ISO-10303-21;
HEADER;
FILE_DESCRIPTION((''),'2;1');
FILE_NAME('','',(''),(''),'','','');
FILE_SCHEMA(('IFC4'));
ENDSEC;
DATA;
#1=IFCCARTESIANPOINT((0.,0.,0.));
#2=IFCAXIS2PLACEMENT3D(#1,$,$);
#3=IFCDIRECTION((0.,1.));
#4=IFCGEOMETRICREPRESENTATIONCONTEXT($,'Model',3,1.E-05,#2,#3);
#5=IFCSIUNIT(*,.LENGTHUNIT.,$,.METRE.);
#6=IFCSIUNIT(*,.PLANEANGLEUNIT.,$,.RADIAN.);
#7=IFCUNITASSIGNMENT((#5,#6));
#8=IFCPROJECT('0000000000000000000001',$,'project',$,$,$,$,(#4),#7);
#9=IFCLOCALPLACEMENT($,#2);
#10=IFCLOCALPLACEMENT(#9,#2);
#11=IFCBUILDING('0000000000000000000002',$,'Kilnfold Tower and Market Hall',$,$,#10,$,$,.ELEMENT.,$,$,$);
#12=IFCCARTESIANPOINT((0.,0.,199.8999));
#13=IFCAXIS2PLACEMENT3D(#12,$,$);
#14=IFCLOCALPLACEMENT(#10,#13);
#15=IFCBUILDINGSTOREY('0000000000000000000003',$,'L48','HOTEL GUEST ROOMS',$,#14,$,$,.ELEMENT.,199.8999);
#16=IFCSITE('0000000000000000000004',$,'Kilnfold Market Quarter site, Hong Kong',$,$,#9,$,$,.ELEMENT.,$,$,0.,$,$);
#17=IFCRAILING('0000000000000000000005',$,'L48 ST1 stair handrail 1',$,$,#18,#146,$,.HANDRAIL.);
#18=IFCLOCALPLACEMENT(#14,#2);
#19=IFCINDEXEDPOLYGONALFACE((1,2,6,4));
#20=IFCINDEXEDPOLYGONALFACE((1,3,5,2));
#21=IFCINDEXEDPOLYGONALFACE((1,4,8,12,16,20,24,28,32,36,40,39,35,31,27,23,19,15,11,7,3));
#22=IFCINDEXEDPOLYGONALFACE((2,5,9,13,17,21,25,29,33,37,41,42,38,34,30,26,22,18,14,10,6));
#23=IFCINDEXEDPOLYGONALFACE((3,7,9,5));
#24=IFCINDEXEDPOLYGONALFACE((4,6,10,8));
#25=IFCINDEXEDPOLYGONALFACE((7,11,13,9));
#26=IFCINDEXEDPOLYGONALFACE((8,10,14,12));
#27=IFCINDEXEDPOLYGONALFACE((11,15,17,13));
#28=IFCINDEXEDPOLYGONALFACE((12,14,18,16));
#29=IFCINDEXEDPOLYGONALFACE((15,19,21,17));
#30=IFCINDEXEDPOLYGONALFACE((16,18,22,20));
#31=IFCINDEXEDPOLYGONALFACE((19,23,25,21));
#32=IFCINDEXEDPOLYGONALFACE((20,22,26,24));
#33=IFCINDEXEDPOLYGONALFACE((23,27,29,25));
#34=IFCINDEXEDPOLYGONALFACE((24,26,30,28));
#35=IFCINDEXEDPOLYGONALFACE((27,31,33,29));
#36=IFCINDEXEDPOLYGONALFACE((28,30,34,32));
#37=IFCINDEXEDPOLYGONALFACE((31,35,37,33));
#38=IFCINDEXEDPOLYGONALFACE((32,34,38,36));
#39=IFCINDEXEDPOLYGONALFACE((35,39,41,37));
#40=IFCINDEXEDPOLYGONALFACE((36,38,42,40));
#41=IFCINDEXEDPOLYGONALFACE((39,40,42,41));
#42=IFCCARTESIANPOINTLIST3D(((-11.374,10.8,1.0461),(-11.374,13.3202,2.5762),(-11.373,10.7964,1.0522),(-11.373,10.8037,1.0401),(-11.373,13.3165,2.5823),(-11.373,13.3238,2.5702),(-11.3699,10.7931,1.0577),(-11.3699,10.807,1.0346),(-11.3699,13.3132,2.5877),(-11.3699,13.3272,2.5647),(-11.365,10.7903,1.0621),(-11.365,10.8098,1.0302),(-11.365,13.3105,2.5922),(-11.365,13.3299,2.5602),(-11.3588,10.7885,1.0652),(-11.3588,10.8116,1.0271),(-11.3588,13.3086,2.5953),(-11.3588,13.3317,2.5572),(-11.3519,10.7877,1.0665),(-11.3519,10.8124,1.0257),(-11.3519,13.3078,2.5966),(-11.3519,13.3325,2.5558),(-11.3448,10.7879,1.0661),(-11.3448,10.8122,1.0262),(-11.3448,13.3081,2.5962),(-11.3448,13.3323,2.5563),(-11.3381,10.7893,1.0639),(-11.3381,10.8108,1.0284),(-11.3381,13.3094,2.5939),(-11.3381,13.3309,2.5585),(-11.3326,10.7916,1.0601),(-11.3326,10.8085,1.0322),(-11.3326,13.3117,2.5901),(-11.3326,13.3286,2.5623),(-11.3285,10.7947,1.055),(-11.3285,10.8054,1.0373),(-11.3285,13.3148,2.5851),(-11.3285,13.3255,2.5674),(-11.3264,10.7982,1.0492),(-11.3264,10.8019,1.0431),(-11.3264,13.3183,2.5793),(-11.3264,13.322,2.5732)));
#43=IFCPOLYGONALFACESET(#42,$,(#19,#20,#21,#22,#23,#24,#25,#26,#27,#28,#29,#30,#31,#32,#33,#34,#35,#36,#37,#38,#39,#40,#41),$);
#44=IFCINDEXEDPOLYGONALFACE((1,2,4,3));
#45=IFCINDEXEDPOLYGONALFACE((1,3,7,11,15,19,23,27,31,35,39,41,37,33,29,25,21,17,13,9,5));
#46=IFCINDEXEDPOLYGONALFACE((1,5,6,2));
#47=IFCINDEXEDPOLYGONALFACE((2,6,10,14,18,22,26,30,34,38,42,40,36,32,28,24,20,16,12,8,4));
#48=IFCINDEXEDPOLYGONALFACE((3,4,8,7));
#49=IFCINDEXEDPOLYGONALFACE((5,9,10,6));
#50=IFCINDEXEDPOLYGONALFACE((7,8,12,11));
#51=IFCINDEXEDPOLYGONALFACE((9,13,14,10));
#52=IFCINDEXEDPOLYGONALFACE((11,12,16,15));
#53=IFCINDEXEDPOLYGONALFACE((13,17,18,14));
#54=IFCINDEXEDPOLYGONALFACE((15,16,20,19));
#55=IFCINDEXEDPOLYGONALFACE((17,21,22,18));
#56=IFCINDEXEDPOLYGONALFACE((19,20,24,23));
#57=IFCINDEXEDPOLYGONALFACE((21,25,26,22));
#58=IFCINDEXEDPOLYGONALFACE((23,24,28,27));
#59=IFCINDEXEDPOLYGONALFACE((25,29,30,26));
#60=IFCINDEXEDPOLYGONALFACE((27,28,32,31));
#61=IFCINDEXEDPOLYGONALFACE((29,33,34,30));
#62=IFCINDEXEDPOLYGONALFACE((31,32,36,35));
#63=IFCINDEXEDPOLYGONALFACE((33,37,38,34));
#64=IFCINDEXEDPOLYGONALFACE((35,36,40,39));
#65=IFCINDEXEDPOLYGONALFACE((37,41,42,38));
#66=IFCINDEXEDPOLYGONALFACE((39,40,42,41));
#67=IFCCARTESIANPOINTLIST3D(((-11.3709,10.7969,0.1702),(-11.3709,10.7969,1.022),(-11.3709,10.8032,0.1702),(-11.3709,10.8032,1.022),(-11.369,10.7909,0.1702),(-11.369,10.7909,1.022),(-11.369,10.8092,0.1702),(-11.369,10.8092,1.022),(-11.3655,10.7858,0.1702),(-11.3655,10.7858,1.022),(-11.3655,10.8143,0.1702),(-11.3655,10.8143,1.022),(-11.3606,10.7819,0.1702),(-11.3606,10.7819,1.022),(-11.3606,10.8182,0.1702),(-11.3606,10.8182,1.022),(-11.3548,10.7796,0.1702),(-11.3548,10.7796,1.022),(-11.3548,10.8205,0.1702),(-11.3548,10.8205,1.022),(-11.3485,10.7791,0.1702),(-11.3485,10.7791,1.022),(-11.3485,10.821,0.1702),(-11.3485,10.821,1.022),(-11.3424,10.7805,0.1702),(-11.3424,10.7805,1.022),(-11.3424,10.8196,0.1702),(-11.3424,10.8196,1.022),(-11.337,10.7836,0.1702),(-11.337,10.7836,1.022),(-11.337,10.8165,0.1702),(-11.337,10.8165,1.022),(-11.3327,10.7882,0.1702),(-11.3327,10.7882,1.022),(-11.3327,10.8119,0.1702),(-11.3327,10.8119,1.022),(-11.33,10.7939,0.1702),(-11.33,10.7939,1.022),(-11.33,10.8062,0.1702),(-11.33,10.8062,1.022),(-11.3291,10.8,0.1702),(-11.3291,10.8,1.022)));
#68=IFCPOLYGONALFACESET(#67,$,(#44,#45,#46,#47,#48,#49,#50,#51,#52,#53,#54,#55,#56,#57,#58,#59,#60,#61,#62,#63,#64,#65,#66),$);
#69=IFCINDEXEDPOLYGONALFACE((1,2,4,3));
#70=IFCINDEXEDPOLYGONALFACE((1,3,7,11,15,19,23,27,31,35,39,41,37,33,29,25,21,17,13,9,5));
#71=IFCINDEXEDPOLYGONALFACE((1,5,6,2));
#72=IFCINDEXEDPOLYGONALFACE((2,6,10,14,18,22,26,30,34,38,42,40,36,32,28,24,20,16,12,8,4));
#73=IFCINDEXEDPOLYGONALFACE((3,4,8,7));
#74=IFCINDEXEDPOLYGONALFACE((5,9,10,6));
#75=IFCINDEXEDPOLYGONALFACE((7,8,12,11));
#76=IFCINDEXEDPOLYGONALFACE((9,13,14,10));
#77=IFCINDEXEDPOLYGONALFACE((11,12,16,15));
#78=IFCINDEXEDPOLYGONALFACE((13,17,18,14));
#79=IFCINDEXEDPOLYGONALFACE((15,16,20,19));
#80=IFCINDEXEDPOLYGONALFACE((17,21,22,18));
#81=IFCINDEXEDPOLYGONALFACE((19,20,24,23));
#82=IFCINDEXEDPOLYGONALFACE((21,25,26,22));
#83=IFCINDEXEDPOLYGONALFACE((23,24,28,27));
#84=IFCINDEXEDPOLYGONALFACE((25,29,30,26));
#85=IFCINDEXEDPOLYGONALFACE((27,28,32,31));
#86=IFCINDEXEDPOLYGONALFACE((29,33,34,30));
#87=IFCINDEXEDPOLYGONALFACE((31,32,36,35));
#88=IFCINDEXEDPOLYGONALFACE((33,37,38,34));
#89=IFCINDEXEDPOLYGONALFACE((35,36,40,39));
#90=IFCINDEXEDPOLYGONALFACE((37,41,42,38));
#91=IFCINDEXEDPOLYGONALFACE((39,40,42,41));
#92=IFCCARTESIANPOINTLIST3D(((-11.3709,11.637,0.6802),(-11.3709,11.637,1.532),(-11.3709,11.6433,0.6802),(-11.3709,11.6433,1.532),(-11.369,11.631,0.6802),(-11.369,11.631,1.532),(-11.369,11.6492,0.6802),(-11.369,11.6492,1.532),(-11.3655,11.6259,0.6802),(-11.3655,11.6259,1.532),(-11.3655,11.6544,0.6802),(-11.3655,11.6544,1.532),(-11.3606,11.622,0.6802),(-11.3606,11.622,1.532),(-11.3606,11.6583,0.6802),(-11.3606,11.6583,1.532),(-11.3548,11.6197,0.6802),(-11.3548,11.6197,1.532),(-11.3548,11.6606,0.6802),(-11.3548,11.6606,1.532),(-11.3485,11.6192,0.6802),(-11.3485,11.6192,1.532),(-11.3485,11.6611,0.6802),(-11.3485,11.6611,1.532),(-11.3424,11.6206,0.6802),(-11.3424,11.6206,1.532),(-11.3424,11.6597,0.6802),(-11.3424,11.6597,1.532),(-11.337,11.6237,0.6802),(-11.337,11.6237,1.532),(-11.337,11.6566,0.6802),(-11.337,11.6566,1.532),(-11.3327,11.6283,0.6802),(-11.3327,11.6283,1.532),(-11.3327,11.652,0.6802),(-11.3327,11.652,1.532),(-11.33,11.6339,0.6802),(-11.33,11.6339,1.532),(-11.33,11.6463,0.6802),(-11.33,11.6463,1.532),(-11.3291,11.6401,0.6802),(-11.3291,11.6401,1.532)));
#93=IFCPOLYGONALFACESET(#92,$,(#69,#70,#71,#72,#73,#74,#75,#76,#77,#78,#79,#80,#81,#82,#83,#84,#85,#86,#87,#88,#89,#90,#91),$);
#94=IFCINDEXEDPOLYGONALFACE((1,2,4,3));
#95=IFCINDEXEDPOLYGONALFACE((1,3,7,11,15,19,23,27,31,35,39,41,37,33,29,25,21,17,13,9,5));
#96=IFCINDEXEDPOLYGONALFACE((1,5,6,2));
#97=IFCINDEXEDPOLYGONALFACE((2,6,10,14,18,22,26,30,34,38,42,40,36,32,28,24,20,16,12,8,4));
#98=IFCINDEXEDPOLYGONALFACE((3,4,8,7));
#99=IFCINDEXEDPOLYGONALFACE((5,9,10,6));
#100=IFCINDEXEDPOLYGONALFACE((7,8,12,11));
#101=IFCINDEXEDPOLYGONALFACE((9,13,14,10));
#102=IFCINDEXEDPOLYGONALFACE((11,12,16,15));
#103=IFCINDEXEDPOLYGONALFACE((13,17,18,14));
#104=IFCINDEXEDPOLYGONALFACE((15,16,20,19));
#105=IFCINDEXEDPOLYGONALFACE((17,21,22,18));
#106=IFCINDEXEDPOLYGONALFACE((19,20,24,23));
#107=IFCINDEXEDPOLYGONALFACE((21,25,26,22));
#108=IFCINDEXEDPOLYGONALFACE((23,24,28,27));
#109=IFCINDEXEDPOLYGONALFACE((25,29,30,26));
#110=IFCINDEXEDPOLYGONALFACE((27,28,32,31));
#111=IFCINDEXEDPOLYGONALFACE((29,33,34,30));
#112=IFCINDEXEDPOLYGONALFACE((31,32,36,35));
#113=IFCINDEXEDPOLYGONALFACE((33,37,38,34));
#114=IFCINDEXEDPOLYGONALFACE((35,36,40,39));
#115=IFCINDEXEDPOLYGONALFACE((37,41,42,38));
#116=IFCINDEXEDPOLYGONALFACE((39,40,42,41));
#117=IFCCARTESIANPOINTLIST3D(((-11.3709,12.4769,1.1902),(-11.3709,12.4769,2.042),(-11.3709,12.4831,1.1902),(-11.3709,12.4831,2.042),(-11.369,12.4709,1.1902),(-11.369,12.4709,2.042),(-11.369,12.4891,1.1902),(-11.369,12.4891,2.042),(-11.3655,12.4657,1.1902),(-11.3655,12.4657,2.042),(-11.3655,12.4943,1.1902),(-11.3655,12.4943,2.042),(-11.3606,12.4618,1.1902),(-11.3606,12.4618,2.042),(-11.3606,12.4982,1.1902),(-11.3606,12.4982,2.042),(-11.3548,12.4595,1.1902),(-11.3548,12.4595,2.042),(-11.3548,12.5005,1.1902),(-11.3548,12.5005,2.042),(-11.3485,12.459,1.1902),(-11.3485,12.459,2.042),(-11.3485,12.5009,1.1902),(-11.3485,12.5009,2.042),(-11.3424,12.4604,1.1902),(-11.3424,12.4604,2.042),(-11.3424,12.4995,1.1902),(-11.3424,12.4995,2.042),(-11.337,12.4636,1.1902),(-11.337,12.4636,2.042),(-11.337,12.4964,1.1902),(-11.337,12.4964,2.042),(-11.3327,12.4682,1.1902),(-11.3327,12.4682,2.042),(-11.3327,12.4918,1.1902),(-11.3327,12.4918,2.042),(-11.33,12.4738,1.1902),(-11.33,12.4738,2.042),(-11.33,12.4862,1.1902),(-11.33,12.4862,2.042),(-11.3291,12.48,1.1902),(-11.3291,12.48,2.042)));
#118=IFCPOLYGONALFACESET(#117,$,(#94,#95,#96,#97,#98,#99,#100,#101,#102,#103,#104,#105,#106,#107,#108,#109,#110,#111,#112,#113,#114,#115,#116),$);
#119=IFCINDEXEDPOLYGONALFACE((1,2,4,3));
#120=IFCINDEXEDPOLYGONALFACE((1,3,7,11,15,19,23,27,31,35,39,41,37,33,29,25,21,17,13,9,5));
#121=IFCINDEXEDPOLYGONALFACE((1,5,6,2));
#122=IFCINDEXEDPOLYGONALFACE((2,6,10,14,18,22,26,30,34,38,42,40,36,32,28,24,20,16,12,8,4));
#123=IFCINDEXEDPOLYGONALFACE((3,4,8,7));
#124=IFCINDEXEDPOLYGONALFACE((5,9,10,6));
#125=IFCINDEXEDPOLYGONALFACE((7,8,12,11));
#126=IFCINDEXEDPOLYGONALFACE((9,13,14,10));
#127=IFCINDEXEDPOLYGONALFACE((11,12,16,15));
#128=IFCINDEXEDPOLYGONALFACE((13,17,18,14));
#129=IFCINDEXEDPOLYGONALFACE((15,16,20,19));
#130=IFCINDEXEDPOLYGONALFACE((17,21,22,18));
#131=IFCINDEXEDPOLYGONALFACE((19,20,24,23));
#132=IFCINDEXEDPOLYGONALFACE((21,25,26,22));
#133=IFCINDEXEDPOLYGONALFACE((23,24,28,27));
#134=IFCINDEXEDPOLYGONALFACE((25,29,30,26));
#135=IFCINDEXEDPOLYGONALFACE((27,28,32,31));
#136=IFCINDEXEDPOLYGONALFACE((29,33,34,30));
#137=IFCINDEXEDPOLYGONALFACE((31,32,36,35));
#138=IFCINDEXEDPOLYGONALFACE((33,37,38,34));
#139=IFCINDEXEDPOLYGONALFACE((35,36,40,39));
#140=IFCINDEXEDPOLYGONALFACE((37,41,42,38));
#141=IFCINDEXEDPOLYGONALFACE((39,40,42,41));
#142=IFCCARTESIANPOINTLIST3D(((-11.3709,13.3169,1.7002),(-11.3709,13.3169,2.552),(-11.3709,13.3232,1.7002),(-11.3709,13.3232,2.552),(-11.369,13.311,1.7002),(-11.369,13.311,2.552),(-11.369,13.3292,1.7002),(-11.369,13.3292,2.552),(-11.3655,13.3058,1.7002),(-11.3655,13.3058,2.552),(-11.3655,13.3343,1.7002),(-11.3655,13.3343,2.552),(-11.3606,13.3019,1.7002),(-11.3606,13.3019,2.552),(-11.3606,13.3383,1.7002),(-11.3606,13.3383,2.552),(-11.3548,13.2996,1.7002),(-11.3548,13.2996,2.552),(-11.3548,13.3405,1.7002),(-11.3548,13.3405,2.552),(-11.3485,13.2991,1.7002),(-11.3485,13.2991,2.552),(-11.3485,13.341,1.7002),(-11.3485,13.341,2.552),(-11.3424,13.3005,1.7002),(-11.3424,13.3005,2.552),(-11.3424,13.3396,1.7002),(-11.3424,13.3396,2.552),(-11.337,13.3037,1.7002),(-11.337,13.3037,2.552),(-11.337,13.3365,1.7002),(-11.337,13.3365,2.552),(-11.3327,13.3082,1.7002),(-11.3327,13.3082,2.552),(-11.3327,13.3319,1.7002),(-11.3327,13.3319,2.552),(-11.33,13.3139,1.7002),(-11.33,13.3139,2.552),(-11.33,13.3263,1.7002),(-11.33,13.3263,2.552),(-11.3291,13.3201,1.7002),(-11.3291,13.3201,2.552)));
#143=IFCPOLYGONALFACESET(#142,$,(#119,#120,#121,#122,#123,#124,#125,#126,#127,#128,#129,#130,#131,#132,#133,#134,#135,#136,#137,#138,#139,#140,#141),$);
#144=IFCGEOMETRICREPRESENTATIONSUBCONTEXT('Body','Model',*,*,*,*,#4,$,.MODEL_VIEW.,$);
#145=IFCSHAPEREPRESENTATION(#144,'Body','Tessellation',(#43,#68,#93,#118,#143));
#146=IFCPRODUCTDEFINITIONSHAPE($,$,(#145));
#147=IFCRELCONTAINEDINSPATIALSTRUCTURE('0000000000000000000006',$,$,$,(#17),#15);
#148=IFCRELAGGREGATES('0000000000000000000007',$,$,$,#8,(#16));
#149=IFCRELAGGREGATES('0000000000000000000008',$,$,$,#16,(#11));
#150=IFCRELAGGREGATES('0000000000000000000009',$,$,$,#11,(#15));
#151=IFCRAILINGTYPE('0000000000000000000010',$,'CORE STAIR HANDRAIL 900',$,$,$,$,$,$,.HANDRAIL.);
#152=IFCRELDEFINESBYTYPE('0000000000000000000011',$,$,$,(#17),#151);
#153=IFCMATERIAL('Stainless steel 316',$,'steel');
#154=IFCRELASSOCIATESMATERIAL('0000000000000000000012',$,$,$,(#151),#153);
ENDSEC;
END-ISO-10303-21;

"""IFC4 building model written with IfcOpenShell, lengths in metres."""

from ifc_helpers import new_model, si_unit, direction, frame, origin, origin_2d, place, context, subcontext, project, spatial, circle, extrude, material, type_object, element, save


model = new_model("IFC4")

# Units and contexts
model_context = context("Model", 3, precision=1e-05, world=origin(), true_north=direction((0.0, 1.0)))
body_context = subcontext(model_context, "Body", "Model", "MODEL_VIEW")
ifc_project = project(units=[si_unit("LENGTHUNIT", "METRE"), si_unit("PLANEANGLEUNIT", "RADIAN")], contexts=[model_context])

# Site, building, storey
site_placement = place(None, origin())
site = spatial("IfcSite", under=ifc_project, at=site_placement, Name="Kilnfold Market Quarter site, Hong Kong", CompositionType="ELEMENT", RefElevation=0.0)
building_placement = place(site_placement, origin())
building = spatial("IfcBuilding", under=site, at=building_placement, Name="Kilnfold Tower and Market Hall", CompositionType="ELEMENT")
storey_placement = place(building_placement, frame((0.0, 0.0, 199.8999)))
storey = spatial("IfcBuildingStorey", under=building, at=storey_placement, Name="L48", Description="HOTEL GUEST ROOMS", CompositionType="ELEMENT", Elevation=199.8999)

# Railing
ifc_material_1 = material(Name="Stainless steel 316", Category="steel")
railing_type_1 = type_object("IfcRailingType", Name="CORE STAIR HANDRAIL 900", PredefinedType="HANDRAIL", material=ifc_material_1)
railing_1_placement = place(storey_placement, frame((-11.3501, 10.8, 0.1702)))
element("IfcRailing", 1, at=railing_1_placement, inside=storey, type_object=railing_type_1, Name="L48 ST1 stair handrail 1", PredefinedType="HANDRAIL", context=body_context, shape_type="SweptSolid", body=[
    extrude(circle(Radius=0.0239, at=origin_2d()), frame((0.0, 0.0, 0.876), z_axis=(0.0, 0.854785, 0.518982), x_axis=(-1.0, 0.0, 0.0)), (0.0, 0.0, 1.0), 2.9482),
    extrude(circle(Radius=0.021, at=origin_2d()), origin(), (0.0, 0.0, 1.0), 0.8518),
    extrude(circle(Radius=0.021, at=origin_2d()), frame((0.0, 0.8401, 0.51)), (0.0, 0.0, 1.0), 0.8518),
    extrude(circle(Radius=0.021, at=origin_2d()), frame((0.0, 1.6799, 1.02)), (0.0, 0.0, 1.0), 0.8518),
    extrude(circle(Radius=0.021, at=origin_2d()), frame((0.0, 2.52, 1.53)), (0.0, 0.0, 1.0), 0.8518),
])

save(model, "model.ifc")
